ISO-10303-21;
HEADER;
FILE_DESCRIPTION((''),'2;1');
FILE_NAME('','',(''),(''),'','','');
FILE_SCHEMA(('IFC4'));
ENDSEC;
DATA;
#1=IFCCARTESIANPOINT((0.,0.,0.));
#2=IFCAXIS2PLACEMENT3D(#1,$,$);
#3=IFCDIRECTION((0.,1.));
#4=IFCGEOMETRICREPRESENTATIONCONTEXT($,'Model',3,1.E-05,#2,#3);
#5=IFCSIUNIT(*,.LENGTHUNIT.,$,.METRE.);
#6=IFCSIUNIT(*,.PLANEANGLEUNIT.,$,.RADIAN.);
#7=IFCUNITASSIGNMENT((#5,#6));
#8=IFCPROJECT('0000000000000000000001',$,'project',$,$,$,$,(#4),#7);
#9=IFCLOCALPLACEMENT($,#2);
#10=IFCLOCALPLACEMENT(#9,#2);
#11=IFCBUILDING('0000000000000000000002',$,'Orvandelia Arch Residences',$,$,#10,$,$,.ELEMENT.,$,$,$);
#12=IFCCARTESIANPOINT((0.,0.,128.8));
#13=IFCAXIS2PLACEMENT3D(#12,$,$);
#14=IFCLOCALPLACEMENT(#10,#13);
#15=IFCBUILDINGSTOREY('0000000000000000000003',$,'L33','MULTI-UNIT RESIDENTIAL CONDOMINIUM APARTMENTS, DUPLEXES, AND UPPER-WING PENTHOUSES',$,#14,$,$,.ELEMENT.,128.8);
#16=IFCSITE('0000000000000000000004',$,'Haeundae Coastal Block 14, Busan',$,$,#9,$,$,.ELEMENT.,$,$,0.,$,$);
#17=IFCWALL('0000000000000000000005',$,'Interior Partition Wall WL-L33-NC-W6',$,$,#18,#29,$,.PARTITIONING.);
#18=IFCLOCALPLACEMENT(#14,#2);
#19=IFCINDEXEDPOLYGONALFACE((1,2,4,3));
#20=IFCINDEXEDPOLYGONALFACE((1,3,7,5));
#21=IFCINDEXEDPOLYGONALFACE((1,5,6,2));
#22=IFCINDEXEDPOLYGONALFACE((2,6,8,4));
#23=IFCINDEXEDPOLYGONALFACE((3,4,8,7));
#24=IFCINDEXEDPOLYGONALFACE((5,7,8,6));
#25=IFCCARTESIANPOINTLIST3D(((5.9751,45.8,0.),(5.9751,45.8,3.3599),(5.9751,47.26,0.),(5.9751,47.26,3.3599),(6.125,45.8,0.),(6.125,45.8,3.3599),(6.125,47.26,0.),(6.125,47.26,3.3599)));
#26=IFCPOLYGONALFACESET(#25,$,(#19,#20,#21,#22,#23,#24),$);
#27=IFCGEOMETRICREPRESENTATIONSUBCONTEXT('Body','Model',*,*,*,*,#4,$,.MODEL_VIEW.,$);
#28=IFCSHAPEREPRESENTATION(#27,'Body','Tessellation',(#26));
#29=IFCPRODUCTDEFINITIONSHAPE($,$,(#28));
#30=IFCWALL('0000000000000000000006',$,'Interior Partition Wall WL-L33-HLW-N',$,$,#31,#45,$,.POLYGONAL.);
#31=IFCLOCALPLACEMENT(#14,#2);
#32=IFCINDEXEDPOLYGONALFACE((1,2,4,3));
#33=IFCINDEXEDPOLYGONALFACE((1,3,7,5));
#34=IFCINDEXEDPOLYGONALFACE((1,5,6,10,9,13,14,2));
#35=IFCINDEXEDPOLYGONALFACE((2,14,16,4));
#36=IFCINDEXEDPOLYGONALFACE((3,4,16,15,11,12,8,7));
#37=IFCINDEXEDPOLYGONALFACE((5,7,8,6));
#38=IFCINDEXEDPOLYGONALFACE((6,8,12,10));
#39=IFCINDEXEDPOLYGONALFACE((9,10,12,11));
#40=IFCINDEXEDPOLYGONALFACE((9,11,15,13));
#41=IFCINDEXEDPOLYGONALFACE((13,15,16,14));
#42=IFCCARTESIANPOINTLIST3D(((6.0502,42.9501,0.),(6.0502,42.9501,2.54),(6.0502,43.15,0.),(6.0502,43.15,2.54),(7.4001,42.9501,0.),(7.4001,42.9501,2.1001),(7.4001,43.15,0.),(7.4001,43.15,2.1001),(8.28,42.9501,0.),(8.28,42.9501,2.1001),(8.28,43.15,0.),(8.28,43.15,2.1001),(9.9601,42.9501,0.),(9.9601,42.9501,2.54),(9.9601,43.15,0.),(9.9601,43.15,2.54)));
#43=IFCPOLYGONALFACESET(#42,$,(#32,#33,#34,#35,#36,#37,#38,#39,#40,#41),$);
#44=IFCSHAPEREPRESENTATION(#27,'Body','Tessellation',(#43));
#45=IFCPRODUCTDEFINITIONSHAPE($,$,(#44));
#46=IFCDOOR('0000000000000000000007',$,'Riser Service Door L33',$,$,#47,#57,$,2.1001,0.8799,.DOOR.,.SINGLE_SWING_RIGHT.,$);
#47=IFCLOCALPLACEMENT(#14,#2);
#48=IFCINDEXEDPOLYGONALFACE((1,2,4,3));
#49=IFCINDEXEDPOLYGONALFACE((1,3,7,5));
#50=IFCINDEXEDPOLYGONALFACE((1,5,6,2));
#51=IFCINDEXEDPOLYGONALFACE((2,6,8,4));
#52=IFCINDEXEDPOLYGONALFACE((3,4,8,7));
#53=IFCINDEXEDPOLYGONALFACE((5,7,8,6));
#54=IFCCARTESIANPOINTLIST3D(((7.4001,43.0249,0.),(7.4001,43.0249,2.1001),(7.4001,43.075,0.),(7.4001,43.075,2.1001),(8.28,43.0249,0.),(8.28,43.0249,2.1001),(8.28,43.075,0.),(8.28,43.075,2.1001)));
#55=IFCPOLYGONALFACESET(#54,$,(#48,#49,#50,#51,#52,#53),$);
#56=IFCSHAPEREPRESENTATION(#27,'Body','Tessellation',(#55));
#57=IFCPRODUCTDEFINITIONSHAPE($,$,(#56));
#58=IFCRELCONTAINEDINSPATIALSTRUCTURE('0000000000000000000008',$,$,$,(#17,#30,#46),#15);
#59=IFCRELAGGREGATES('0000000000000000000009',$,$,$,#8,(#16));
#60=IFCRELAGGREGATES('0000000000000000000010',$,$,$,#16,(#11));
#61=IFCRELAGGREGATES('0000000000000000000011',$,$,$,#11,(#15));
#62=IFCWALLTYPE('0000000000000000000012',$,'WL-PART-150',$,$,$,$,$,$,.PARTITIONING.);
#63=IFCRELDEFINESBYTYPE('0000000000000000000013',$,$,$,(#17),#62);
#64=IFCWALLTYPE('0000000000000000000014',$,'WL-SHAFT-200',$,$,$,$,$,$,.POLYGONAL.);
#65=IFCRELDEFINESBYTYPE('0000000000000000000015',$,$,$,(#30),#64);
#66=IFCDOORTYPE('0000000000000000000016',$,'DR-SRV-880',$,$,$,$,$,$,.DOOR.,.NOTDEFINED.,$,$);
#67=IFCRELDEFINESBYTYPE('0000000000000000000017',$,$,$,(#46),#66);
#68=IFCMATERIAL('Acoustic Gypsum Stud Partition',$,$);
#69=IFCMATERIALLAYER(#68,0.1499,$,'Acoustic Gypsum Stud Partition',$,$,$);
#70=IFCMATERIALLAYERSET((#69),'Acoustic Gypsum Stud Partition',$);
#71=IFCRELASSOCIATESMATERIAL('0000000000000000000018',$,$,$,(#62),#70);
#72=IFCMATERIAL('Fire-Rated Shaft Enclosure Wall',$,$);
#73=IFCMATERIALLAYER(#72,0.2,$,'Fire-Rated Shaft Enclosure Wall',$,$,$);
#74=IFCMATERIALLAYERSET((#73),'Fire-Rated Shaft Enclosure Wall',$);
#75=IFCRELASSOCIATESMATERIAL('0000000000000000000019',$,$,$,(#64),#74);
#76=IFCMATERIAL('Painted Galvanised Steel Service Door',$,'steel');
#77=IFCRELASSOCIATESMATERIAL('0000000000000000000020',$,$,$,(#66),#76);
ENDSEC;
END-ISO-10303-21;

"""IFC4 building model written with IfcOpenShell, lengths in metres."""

from ifc_helpers import new_model, si_unit, direction, frame, frame_2d, origin, place, context, subcontext, project, spatial, rectangle, extrude, material, layer, layer_set, type_object, element, fill, save


model = new_model("IFC4")

# Units and contexts
model_context = context("Model", 3, precision=1e-05, world=origin(), true_north=direction((0.0, 1.0)))
body_context = subcontext(model_context, "Body", "Model", "MODEL_VIEW")
ifc_project = project(units=[si_unit("LENGTHUNIT", "METRE"), si_unit("PLANEANGLEUNIT", "RADIAN")], contexts=[model_context])

# Site, building, storey
site_placement = place(None, origin())
site = spatial("IfcSite", under=ifc_project, at=site_placement, Name="Haeundae Coastal Block 14, Busan", CompositionType="ELEMENT", RefElevation=0.0)
building_placement = place(site_placement, origin())
building = spatial("IfcBuilding", under=site, at=building_placement, Name="Orvandelia Arch Residences", CompositionType="ELEMENT")
storey_placement = place(building_placement, frame((0.0, 0.0, 128.8)))
storey = spatial("IfcBuildingStorey", under=building, at=storey_placement, Name="L33", Description="MULTI-UNIT RESIDENTIAL CONDOMINIUM APARTMENTS, DUPLEXES, AND UPPER-WING PENTHOUSES", CompositionType="ELEMENT", Elevation=128.8)

# Wall
ifc_material_1 = material(Name="Acoustic Gypsum Stud Partition")
ifc_layer_1 = layer(ifc_material_1, 0.1499, Name="Acoustic Gypsum Stud Partition")
ifc_layer_set_1 = layer_set([ifc_layer_1], Name="Acoustic Gypsum Stud Partition")
wall_type_1 = type_object("IfcWallType", Name="WL-PART-150", PredefinedType="PARTITIONING", material=ifc_layer_set_1)
wall_1_placement = place(storey_placement, frame((6.05, 45.8, 0.0), z_axis=(0.0, 0.0, 1.0), x_axis=(0.0, 1.0, 0.0)))
element("IfcWall", 1, at=wall_1_placement, inside=storey, type_object=wall_type_1, Name="Interior Partition Wall WL-L33-NC-W6", PredefinedType="PARTITIONING", context=body_context, shape_type="SweptSolid", body=[
    extrude(rectangle(XDim=1.46, YDim=0.1499, at=frame_2d((0.73, 0.0))), origin(), (0.0, 0.0, 1.0), 3.3599),
])

# Wall, opening, door
ifc_material_2 = material(Name="Fire-Rated Shaft Enclosure Wall")
ifc_layer_2 = layer(ifc_material_2, 0.2, Name="Fire-Rated Shaft Enclosure Wall")
ifc_layer_set_2 = layer_set([ifc_layer_2], Name="Fire-Rated Shaft Enclosure Wall")
wall_type_2 = type_object("IfcWallType", Name="WL-SHAFT-200", PredefinedType="POLYGONAL", material=ifc_layer_set_2)
wall_2_placement = place(storey_placement, frame((6.05, 43.05, 0.0), z_axis=(0.0, 0.0, 1.0), x_axis=(1.0, 0.0, 0.0)))
wall_2 = element("IfcWall", 2, at=wall_2_placement, inside=storey, type_object=wall_type_2, Name="Interior Partition Wall WL-L33-HLW-N", PredefinedType="POLYGONAL", context=body_context, shape_type="SweptSolid", body=[
    extrude(rectangle(XDim=3.9099, YDim=0.2, at=frame_2d((1.9551, 0.0))), origin(), (0.0, 0.0, 1.0), 2.54),
])
opening_1_placement = place(wall_2_placement, frame((1.3501, 0.0, 0.0)))
opening_1 = element("IfcOpeningElement", 3, at=opening_1_placement, cuts=wall_2, PredefinedType="OPENING", context=body_context, shape_type="SweptSolid", body=[
    extrude(rectangle(XDim=0.8799, YDim=2.1001, at=frame_2d((0.4399, 1.05))), frame((0.0, 0.1099, 0.0), z_axis=(0.0, -1.0, 0.0), x_axis=(1.0, 0.0, 0.0)), (0.0, 0.0, 1.0), 0.22),
])
ifc_material_3 = material(Name="Painted Galvanised Steel Service Door", Category="steel")
door_type = type_object("IfcDoorType", Name="DR-SRV-880", OperationType="NOTDEFINED", PredefinedType="DOOR", material=ifc_material_3)
door_placement = place(opening_1_placement, origin())
door = element("IfcDoor", 4, at=door_placement, inside=storey, type_object=door_type, Name="Riser Service Door L33", OperationType="SINGLE_SWING_RIGHT", OverallHeight=2.1001, OverallWidth=0.8799, PredefinedType="DOOR", context=body_context, shape_type="SweptSolid", body=[
    extrude(rectangle(XDim=0.8799, YDim=2.1001, at=frame_2d((0.4399, 1.05))), frame((0.0, 0.0249, 0.0), z_axis=(0.0, -1.0, 0.0), x_axis=(1.0, 0.0, 0.0)), (0.0, 0.0, 1.0), 0.05),
])
fill(opening_1, door)

save(model, "model.ifc")
